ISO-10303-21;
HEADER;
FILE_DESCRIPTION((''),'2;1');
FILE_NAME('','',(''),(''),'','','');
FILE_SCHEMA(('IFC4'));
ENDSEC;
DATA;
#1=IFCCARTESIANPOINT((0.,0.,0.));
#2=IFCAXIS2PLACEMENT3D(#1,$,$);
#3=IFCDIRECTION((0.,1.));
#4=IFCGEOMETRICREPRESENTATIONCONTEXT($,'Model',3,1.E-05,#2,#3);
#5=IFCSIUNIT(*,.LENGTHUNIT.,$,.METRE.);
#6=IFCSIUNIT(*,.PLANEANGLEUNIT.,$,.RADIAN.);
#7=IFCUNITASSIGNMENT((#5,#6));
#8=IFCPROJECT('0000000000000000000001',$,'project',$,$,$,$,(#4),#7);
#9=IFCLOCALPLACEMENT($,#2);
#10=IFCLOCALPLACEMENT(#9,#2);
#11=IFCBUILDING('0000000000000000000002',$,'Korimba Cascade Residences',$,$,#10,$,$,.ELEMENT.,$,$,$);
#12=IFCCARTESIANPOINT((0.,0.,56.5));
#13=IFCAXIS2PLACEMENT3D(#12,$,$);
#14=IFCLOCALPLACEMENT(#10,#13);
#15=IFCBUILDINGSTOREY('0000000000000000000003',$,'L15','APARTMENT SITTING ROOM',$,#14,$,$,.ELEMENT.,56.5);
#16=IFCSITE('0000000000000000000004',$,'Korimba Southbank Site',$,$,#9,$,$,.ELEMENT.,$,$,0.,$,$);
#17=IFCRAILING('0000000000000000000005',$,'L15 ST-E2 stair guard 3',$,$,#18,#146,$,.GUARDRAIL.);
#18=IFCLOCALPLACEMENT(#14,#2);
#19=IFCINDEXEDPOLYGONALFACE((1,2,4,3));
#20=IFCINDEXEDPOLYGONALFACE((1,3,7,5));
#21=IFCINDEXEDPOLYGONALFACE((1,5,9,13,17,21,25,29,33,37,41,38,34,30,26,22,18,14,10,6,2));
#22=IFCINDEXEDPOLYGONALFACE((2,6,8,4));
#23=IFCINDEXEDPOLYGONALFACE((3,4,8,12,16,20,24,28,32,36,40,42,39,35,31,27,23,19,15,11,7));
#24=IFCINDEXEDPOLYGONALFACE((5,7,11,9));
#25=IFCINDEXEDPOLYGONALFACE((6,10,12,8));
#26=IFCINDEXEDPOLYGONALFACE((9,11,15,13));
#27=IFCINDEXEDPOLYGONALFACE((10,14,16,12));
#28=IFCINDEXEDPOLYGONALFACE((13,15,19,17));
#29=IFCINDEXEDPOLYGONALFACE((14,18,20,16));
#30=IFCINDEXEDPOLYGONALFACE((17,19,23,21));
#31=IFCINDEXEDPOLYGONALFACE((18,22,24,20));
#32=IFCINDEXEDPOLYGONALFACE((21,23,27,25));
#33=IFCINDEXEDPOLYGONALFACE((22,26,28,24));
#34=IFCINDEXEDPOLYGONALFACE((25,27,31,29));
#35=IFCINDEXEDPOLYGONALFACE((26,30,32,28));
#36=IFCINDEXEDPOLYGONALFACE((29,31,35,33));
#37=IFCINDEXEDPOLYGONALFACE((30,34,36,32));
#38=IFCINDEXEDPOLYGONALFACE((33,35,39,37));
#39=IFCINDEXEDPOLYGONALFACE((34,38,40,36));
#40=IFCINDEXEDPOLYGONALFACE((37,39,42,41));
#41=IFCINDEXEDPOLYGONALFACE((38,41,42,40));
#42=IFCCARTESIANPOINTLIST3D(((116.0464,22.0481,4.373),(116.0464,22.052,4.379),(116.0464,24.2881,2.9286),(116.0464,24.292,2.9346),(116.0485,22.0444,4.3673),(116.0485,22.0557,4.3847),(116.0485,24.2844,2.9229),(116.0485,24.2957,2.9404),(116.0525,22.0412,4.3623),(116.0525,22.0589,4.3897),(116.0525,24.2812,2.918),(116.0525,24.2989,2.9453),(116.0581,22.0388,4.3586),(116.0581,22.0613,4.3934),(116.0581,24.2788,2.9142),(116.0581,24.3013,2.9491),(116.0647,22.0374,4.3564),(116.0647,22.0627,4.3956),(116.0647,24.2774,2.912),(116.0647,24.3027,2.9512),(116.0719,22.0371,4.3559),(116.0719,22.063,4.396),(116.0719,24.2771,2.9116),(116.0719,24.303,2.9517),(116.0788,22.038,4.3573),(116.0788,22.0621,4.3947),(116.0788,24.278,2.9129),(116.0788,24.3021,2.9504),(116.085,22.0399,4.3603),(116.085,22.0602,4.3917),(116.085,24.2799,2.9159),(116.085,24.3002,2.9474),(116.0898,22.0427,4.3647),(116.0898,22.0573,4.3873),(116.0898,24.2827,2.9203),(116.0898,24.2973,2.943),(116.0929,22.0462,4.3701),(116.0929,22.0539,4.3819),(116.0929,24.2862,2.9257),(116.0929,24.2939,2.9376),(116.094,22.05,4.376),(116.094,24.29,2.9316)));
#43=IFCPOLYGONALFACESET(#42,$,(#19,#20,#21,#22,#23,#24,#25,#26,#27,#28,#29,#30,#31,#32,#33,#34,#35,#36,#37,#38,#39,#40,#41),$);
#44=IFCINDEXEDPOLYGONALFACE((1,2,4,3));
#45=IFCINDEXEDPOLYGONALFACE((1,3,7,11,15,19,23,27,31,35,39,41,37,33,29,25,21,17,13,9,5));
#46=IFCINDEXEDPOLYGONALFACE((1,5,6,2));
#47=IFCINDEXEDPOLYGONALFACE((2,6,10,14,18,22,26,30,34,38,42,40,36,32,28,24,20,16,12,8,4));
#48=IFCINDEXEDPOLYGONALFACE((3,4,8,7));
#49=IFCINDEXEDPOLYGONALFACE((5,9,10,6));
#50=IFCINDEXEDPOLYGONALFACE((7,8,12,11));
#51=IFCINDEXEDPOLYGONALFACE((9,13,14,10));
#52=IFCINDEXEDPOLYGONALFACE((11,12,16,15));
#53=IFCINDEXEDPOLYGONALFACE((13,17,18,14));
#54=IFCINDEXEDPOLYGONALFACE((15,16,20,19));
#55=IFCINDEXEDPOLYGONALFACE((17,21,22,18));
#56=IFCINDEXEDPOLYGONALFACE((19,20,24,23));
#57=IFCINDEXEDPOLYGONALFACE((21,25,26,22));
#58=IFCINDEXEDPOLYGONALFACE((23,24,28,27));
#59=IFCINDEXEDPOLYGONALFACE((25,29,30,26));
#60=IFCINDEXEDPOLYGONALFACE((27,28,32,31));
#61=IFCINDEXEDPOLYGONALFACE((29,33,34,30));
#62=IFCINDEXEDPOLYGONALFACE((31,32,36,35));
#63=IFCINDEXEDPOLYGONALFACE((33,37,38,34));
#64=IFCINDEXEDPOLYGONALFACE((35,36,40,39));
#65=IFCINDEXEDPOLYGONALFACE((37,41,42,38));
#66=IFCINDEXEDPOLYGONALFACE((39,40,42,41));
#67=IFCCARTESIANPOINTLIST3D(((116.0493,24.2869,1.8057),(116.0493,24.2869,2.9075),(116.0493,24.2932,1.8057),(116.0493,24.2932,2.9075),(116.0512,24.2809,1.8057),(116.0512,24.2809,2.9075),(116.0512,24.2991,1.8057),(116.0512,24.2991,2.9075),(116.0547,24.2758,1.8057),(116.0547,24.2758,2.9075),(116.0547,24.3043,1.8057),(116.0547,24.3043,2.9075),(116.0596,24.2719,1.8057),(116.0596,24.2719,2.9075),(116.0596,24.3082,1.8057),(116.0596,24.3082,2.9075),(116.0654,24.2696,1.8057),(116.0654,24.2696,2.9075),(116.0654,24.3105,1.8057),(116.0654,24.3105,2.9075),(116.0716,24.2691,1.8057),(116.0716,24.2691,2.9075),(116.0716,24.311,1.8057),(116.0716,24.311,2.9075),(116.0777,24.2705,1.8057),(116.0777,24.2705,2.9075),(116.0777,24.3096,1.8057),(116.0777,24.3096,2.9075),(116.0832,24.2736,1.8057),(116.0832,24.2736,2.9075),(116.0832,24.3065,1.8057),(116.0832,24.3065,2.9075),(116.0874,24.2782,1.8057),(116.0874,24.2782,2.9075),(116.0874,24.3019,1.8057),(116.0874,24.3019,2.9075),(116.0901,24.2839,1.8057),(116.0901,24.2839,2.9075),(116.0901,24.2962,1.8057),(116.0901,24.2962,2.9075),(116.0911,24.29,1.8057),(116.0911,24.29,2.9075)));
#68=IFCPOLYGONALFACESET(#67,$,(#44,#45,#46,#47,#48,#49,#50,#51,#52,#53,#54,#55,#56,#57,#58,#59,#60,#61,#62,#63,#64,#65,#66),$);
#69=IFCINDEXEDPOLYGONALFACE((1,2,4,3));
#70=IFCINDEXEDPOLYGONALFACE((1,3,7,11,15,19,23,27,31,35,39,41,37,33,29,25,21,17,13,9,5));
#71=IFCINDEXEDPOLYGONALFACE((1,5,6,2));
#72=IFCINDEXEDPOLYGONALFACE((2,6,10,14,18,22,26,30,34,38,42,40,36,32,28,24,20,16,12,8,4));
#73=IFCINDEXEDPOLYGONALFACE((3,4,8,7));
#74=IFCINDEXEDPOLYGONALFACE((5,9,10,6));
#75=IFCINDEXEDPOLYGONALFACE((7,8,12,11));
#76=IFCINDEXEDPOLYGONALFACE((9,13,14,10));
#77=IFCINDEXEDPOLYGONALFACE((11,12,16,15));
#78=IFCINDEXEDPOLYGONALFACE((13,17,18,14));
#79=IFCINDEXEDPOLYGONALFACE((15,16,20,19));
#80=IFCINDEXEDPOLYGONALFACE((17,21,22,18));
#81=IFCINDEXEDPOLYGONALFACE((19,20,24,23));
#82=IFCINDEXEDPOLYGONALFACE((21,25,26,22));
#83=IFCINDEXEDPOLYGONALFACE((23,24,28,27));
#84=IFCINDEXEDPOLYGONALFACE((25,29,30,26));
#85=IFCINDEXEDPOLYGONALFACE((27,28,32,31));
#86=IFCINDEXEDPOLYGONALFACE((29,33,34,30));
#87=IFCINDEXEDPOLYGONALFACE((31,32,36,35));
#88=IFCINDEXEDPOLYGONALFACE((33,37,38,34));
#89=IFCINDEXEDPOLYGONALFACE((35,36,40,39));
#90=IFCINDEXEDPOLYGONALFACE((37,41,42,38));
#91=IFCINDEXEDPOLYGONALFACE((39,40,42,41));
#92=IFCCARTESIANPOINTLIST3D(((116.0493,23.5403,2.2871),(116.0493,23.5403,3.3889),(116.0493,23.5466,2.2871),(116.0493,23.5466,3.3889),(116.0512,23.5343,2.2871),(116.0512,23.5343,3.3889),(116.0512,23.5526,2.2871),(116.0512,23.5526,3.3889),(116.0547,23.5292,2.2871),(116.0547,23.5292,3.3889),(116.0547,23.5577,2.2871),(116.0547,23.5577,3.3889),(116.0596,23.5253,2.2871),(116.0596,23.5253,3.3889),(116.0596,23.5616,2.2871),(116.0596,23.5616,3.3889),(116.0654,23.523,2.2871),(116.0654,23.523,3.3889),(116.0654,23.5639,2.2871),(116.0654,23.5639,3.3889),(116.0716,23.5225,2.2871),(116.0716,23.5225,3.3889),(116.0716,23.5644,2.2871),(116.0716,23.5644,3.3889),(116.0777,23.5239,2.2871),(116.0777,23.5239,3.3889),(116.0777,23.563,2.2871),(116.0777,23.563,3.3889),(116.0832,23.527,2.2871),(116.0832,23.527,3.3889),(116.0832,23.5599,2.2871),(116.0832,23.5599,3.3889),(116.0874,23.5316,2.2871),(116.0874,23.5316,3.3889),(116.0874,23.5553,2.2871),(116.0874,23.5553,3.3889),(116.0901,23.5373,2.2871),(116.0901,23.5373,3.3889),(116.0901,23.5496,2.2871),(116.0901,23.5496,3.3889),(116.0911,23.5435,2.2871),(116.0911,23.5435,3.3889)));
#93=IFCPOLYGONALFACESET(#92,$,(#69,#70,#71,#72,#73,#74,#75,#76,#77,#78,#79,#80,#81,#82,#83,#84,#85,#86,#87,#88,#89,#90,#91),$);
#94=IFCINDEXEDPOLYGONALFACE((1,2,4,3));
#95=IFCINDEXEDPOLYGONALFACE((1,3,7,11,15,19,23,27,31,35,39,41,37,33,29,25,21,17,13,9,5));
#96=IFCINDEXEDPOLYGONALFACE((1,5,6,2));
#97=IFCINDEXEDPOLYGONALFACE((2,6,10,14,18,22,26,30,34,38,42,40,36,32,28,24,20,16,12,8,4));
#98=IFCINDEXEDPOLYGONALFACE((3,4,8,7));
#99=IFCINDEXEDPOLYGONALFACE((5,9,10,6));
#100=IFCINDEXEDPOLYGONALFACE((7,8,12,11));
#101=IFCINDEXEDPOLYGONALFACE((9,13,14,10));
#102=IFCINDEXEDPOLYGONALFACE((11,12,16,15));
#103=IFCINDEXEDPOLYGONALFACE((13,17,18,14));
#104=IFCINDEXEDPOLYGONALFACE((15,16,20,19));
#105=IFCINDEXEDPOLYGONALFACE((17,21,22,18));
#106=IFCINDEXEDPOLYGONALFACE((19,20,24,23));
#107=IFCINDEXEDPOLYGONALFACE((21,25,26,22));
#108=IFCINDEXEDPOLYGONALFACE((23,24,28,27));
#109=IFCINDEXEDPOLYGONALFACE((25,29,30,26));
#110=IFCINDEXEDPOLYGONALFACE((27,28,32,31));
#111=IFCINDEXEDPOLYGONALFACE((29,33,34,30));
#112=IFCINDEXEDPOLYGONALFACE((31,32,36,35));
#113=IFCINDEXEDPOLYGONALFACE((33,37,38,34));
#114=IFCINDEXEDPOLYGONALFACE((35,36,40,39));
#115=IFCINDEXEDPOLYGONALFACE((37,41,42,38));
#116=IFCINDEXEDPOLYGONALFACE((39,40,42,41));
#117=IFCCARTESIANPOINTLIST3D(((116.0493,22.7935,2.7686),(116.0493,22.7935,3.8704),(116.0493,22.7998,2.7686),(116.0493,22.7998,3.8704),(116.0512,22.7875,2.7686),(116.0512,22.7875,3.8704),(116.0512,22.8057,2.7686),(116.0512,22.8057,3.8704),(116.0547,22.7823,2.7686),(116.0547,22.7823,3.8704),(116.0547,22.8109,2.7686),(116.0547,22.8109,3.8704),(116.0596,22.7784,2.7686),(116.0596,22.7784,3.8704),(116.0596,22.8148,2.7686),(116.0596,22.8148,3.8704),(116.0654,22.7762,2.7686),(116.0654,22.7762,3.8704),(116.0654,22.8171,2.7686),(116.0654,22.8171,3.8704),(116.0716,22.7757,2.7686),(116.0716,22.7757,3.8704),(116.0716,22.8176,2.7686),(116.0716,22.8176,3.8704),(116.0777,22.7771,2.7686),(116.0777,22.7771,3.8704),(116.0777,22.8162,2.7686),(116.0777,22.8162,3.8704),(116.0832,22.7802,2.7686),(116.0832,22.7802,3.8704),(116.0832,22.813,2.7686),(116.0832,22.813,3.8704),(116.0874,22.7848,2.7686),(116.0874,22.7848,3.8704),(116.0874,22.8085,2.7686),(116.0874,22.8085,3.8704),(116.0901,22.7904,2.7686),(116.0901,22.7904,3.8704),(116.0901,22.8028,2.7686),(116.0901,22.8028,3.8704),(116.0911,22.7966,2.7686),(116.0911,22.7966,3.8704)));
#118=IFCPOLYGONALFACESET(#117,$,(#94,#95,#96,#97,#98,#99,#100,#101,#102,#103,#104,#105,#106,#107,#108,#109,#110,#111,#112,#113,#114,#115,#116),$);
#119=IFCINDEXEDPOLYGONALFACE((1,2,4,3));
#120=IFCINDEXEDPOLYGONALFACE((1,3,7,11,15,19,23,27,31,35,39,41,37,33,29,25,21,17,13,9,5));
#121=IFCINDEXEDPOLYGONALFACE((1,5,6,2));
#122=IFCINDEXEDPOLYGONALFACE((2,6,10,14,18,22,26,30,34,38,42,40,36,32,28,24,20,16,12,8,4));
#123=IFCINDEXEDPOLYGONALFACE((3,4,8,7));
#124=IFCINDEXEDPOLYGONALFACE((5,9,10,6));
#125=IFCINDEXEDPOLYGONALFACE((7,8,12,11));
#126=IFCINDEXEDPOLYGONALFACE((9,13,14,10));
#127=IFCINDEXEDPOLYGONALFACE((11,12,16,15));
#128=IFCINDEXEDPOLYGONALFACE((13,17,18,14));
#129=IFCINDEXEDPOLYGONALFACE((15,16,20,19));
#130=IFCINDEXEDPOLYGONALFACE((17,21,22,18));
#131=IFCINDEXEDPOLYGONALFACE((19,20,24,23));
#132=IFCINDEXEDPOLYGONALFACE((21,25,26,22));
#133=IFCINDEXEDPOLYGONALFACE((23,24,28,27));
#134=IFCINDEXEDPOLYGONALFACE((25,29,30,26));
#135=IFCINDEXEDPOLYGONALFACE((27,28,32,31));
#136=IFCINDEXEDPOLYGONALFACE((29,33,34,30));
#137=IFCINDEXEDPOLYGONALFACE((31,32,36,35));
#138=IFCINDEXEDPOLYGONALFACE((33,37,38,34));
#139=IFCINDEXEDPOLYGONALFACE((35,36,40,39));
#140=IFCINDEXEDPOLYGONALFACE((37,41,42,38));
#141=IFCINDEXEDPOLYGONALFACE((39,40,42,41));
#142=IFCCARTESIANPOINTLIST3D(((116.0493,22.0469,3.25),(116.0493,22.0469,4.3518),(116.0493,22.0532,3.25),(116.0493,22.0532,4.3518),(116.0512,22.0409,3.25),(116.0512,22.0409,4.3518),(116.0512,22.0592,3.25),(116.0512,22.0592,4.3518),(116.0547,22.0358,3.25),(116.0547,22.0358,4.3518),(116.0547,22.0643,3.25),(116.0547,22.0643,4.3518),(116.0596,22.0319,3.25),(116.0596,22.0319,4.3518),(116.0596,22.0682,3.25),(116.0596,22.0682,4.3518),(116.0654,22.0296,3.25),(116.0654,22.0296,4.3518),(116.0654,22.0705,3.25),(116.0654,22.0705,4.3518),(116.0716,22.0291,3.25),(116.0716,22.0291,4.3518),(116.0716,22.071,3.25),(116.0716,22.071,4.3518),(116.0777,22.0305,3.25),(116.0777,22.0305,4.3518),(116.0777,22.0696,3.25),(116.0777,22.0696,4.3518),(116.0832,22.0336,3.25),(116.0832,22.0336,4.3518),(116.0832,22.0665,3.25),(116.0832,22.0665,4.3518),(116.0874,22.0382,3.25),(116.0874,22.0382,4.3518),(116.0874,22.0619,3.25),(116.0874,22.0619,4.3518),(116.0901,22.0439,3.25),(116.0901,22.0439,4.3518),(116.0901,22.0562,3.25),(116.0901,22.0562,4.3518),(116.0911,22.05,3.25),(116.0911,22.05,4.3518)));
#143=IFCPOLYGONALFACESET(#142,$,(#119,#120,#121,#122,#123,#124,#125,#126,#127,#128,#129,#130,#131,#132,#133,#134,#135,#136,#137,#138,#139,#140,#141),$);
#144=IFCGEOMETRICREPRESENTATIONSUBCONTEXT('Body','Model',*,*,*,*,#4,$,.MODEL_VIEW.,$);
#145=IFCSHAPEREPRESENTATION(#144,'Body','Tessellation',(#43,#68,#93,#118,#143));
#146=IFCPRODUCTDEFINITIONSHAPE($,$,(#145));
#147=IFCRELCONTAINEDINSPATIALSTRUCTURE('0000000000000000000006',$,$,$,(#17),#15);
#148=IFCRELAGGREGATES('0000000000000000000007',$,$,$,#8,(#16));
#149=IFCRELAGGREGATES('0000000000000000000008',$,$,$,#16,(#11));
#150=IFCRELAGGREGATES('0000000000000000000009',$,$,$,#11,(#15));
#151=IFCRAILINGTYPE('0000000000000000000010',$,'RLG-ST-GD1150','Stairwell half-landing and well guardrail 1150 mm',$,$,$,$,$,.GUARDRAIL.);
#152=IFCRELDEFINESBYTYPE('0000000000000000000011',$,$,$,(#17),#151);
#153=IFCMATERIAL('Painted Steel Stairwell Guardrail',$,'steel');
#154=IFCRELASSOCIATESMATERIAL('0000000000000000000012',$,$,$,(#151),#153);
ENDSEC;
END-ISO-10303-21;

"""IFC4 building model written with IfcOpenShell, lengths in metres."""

from ifc_helpers import new_model, si_unit, direction, frame, origin, origin_2d, place, context, subcontext, project, spatial, circle, extrude, material, type_object, element, save


model = new_model("IFC4")

# Units and contexts
model_context = context("Model", 3, precision=1e-05, world=origin(), true_north=direction((0.0, 1.0)))
body_context = subcontext(model_context, "Body", "Model", "MODEL_VIEW")
ifc_project = project(units=[si_unit("LENGTHUNIT", "METRE"), si_unit("PLANEANGLEUNIT", "RADIAN")], contexts=[model_context])

# Site, building, storey
site_placement = place(None, origin())
site = spatial("IfcSite", under=ifc_project, at=site_placement, Name="Korimba Southbank Site", CompositionType="ELEMENT", RefElevation=0.0)
building_placement = place(site_placement, origin())
building = spatial("IfcBuilding", under=site, at=building_placement, Name="Korimba Cascade Residences", CompositionType="ELEMENT")
storey_placement = place(building_placement, frame((0.0, 0.0, 56.5)))
storey = spatial("IfcBuildingStorey", under=building, at=storey_placement, Name="L15", Description="APARTMENT SITTING ROOM", CompositionType="ELEMENT", Elevation=56.5)

# Railing
ifc_material_1 = material(Name="Painted Steel Stairwell Guardrail", Category="steel")
railing_type_1 = type_object("IfcRailingType", Name="RLG-ST-GD1150", Description="Stairwell half-landing and well guardrail 1150 mm", PredefinedType="GUARDRAIL", material=ifc_material_1)
railing_1_placement = place(storey_placement, frame((116.0701, 24.29, 1.8057)))
element("IfcRailing", 1, at=railing_1_placement, inside=storey, type_object=railing_type_1, Name="L15 ST-E2 stair guard 3", PredefinedType="GUARDRAIL", context=body_context, shape_type="SweptSolid", body=[
    extrude(circle(Radius=0.0239, at=origin_2d()), frame((0.0, 0.0, 1.126), z_axis=(0.0, -0.840437, 0.54191), x_axis=(1.0, 0.0, 0.0)), (0.0, 0.0, 1.0), 2.6653),
    extrude(circle(Radius=0.021, at=origin_2d()), origin(), (0.0, 0.0, 1.0), 1.1018),
    extrude(circle(Radius=0.021, at=origin_2d()), frame((0.0, -0.7466, 0.4814)), (0.0, 0.0, 1.0), 1.1018),
    extrude(circle(Radius=0.021, at=origin_2d()), frame((0.0, -1.4934, 0.9629)), (0.0, 0.0, 1.0), 1.1018),
    extrude(circle(Radius=0.021, at=origin_2d()), frame((0.0, -2.24, 1.4443)), (0.0, 0.0, 1.0), 1.1018),
])

save(model, "model.ifc")
